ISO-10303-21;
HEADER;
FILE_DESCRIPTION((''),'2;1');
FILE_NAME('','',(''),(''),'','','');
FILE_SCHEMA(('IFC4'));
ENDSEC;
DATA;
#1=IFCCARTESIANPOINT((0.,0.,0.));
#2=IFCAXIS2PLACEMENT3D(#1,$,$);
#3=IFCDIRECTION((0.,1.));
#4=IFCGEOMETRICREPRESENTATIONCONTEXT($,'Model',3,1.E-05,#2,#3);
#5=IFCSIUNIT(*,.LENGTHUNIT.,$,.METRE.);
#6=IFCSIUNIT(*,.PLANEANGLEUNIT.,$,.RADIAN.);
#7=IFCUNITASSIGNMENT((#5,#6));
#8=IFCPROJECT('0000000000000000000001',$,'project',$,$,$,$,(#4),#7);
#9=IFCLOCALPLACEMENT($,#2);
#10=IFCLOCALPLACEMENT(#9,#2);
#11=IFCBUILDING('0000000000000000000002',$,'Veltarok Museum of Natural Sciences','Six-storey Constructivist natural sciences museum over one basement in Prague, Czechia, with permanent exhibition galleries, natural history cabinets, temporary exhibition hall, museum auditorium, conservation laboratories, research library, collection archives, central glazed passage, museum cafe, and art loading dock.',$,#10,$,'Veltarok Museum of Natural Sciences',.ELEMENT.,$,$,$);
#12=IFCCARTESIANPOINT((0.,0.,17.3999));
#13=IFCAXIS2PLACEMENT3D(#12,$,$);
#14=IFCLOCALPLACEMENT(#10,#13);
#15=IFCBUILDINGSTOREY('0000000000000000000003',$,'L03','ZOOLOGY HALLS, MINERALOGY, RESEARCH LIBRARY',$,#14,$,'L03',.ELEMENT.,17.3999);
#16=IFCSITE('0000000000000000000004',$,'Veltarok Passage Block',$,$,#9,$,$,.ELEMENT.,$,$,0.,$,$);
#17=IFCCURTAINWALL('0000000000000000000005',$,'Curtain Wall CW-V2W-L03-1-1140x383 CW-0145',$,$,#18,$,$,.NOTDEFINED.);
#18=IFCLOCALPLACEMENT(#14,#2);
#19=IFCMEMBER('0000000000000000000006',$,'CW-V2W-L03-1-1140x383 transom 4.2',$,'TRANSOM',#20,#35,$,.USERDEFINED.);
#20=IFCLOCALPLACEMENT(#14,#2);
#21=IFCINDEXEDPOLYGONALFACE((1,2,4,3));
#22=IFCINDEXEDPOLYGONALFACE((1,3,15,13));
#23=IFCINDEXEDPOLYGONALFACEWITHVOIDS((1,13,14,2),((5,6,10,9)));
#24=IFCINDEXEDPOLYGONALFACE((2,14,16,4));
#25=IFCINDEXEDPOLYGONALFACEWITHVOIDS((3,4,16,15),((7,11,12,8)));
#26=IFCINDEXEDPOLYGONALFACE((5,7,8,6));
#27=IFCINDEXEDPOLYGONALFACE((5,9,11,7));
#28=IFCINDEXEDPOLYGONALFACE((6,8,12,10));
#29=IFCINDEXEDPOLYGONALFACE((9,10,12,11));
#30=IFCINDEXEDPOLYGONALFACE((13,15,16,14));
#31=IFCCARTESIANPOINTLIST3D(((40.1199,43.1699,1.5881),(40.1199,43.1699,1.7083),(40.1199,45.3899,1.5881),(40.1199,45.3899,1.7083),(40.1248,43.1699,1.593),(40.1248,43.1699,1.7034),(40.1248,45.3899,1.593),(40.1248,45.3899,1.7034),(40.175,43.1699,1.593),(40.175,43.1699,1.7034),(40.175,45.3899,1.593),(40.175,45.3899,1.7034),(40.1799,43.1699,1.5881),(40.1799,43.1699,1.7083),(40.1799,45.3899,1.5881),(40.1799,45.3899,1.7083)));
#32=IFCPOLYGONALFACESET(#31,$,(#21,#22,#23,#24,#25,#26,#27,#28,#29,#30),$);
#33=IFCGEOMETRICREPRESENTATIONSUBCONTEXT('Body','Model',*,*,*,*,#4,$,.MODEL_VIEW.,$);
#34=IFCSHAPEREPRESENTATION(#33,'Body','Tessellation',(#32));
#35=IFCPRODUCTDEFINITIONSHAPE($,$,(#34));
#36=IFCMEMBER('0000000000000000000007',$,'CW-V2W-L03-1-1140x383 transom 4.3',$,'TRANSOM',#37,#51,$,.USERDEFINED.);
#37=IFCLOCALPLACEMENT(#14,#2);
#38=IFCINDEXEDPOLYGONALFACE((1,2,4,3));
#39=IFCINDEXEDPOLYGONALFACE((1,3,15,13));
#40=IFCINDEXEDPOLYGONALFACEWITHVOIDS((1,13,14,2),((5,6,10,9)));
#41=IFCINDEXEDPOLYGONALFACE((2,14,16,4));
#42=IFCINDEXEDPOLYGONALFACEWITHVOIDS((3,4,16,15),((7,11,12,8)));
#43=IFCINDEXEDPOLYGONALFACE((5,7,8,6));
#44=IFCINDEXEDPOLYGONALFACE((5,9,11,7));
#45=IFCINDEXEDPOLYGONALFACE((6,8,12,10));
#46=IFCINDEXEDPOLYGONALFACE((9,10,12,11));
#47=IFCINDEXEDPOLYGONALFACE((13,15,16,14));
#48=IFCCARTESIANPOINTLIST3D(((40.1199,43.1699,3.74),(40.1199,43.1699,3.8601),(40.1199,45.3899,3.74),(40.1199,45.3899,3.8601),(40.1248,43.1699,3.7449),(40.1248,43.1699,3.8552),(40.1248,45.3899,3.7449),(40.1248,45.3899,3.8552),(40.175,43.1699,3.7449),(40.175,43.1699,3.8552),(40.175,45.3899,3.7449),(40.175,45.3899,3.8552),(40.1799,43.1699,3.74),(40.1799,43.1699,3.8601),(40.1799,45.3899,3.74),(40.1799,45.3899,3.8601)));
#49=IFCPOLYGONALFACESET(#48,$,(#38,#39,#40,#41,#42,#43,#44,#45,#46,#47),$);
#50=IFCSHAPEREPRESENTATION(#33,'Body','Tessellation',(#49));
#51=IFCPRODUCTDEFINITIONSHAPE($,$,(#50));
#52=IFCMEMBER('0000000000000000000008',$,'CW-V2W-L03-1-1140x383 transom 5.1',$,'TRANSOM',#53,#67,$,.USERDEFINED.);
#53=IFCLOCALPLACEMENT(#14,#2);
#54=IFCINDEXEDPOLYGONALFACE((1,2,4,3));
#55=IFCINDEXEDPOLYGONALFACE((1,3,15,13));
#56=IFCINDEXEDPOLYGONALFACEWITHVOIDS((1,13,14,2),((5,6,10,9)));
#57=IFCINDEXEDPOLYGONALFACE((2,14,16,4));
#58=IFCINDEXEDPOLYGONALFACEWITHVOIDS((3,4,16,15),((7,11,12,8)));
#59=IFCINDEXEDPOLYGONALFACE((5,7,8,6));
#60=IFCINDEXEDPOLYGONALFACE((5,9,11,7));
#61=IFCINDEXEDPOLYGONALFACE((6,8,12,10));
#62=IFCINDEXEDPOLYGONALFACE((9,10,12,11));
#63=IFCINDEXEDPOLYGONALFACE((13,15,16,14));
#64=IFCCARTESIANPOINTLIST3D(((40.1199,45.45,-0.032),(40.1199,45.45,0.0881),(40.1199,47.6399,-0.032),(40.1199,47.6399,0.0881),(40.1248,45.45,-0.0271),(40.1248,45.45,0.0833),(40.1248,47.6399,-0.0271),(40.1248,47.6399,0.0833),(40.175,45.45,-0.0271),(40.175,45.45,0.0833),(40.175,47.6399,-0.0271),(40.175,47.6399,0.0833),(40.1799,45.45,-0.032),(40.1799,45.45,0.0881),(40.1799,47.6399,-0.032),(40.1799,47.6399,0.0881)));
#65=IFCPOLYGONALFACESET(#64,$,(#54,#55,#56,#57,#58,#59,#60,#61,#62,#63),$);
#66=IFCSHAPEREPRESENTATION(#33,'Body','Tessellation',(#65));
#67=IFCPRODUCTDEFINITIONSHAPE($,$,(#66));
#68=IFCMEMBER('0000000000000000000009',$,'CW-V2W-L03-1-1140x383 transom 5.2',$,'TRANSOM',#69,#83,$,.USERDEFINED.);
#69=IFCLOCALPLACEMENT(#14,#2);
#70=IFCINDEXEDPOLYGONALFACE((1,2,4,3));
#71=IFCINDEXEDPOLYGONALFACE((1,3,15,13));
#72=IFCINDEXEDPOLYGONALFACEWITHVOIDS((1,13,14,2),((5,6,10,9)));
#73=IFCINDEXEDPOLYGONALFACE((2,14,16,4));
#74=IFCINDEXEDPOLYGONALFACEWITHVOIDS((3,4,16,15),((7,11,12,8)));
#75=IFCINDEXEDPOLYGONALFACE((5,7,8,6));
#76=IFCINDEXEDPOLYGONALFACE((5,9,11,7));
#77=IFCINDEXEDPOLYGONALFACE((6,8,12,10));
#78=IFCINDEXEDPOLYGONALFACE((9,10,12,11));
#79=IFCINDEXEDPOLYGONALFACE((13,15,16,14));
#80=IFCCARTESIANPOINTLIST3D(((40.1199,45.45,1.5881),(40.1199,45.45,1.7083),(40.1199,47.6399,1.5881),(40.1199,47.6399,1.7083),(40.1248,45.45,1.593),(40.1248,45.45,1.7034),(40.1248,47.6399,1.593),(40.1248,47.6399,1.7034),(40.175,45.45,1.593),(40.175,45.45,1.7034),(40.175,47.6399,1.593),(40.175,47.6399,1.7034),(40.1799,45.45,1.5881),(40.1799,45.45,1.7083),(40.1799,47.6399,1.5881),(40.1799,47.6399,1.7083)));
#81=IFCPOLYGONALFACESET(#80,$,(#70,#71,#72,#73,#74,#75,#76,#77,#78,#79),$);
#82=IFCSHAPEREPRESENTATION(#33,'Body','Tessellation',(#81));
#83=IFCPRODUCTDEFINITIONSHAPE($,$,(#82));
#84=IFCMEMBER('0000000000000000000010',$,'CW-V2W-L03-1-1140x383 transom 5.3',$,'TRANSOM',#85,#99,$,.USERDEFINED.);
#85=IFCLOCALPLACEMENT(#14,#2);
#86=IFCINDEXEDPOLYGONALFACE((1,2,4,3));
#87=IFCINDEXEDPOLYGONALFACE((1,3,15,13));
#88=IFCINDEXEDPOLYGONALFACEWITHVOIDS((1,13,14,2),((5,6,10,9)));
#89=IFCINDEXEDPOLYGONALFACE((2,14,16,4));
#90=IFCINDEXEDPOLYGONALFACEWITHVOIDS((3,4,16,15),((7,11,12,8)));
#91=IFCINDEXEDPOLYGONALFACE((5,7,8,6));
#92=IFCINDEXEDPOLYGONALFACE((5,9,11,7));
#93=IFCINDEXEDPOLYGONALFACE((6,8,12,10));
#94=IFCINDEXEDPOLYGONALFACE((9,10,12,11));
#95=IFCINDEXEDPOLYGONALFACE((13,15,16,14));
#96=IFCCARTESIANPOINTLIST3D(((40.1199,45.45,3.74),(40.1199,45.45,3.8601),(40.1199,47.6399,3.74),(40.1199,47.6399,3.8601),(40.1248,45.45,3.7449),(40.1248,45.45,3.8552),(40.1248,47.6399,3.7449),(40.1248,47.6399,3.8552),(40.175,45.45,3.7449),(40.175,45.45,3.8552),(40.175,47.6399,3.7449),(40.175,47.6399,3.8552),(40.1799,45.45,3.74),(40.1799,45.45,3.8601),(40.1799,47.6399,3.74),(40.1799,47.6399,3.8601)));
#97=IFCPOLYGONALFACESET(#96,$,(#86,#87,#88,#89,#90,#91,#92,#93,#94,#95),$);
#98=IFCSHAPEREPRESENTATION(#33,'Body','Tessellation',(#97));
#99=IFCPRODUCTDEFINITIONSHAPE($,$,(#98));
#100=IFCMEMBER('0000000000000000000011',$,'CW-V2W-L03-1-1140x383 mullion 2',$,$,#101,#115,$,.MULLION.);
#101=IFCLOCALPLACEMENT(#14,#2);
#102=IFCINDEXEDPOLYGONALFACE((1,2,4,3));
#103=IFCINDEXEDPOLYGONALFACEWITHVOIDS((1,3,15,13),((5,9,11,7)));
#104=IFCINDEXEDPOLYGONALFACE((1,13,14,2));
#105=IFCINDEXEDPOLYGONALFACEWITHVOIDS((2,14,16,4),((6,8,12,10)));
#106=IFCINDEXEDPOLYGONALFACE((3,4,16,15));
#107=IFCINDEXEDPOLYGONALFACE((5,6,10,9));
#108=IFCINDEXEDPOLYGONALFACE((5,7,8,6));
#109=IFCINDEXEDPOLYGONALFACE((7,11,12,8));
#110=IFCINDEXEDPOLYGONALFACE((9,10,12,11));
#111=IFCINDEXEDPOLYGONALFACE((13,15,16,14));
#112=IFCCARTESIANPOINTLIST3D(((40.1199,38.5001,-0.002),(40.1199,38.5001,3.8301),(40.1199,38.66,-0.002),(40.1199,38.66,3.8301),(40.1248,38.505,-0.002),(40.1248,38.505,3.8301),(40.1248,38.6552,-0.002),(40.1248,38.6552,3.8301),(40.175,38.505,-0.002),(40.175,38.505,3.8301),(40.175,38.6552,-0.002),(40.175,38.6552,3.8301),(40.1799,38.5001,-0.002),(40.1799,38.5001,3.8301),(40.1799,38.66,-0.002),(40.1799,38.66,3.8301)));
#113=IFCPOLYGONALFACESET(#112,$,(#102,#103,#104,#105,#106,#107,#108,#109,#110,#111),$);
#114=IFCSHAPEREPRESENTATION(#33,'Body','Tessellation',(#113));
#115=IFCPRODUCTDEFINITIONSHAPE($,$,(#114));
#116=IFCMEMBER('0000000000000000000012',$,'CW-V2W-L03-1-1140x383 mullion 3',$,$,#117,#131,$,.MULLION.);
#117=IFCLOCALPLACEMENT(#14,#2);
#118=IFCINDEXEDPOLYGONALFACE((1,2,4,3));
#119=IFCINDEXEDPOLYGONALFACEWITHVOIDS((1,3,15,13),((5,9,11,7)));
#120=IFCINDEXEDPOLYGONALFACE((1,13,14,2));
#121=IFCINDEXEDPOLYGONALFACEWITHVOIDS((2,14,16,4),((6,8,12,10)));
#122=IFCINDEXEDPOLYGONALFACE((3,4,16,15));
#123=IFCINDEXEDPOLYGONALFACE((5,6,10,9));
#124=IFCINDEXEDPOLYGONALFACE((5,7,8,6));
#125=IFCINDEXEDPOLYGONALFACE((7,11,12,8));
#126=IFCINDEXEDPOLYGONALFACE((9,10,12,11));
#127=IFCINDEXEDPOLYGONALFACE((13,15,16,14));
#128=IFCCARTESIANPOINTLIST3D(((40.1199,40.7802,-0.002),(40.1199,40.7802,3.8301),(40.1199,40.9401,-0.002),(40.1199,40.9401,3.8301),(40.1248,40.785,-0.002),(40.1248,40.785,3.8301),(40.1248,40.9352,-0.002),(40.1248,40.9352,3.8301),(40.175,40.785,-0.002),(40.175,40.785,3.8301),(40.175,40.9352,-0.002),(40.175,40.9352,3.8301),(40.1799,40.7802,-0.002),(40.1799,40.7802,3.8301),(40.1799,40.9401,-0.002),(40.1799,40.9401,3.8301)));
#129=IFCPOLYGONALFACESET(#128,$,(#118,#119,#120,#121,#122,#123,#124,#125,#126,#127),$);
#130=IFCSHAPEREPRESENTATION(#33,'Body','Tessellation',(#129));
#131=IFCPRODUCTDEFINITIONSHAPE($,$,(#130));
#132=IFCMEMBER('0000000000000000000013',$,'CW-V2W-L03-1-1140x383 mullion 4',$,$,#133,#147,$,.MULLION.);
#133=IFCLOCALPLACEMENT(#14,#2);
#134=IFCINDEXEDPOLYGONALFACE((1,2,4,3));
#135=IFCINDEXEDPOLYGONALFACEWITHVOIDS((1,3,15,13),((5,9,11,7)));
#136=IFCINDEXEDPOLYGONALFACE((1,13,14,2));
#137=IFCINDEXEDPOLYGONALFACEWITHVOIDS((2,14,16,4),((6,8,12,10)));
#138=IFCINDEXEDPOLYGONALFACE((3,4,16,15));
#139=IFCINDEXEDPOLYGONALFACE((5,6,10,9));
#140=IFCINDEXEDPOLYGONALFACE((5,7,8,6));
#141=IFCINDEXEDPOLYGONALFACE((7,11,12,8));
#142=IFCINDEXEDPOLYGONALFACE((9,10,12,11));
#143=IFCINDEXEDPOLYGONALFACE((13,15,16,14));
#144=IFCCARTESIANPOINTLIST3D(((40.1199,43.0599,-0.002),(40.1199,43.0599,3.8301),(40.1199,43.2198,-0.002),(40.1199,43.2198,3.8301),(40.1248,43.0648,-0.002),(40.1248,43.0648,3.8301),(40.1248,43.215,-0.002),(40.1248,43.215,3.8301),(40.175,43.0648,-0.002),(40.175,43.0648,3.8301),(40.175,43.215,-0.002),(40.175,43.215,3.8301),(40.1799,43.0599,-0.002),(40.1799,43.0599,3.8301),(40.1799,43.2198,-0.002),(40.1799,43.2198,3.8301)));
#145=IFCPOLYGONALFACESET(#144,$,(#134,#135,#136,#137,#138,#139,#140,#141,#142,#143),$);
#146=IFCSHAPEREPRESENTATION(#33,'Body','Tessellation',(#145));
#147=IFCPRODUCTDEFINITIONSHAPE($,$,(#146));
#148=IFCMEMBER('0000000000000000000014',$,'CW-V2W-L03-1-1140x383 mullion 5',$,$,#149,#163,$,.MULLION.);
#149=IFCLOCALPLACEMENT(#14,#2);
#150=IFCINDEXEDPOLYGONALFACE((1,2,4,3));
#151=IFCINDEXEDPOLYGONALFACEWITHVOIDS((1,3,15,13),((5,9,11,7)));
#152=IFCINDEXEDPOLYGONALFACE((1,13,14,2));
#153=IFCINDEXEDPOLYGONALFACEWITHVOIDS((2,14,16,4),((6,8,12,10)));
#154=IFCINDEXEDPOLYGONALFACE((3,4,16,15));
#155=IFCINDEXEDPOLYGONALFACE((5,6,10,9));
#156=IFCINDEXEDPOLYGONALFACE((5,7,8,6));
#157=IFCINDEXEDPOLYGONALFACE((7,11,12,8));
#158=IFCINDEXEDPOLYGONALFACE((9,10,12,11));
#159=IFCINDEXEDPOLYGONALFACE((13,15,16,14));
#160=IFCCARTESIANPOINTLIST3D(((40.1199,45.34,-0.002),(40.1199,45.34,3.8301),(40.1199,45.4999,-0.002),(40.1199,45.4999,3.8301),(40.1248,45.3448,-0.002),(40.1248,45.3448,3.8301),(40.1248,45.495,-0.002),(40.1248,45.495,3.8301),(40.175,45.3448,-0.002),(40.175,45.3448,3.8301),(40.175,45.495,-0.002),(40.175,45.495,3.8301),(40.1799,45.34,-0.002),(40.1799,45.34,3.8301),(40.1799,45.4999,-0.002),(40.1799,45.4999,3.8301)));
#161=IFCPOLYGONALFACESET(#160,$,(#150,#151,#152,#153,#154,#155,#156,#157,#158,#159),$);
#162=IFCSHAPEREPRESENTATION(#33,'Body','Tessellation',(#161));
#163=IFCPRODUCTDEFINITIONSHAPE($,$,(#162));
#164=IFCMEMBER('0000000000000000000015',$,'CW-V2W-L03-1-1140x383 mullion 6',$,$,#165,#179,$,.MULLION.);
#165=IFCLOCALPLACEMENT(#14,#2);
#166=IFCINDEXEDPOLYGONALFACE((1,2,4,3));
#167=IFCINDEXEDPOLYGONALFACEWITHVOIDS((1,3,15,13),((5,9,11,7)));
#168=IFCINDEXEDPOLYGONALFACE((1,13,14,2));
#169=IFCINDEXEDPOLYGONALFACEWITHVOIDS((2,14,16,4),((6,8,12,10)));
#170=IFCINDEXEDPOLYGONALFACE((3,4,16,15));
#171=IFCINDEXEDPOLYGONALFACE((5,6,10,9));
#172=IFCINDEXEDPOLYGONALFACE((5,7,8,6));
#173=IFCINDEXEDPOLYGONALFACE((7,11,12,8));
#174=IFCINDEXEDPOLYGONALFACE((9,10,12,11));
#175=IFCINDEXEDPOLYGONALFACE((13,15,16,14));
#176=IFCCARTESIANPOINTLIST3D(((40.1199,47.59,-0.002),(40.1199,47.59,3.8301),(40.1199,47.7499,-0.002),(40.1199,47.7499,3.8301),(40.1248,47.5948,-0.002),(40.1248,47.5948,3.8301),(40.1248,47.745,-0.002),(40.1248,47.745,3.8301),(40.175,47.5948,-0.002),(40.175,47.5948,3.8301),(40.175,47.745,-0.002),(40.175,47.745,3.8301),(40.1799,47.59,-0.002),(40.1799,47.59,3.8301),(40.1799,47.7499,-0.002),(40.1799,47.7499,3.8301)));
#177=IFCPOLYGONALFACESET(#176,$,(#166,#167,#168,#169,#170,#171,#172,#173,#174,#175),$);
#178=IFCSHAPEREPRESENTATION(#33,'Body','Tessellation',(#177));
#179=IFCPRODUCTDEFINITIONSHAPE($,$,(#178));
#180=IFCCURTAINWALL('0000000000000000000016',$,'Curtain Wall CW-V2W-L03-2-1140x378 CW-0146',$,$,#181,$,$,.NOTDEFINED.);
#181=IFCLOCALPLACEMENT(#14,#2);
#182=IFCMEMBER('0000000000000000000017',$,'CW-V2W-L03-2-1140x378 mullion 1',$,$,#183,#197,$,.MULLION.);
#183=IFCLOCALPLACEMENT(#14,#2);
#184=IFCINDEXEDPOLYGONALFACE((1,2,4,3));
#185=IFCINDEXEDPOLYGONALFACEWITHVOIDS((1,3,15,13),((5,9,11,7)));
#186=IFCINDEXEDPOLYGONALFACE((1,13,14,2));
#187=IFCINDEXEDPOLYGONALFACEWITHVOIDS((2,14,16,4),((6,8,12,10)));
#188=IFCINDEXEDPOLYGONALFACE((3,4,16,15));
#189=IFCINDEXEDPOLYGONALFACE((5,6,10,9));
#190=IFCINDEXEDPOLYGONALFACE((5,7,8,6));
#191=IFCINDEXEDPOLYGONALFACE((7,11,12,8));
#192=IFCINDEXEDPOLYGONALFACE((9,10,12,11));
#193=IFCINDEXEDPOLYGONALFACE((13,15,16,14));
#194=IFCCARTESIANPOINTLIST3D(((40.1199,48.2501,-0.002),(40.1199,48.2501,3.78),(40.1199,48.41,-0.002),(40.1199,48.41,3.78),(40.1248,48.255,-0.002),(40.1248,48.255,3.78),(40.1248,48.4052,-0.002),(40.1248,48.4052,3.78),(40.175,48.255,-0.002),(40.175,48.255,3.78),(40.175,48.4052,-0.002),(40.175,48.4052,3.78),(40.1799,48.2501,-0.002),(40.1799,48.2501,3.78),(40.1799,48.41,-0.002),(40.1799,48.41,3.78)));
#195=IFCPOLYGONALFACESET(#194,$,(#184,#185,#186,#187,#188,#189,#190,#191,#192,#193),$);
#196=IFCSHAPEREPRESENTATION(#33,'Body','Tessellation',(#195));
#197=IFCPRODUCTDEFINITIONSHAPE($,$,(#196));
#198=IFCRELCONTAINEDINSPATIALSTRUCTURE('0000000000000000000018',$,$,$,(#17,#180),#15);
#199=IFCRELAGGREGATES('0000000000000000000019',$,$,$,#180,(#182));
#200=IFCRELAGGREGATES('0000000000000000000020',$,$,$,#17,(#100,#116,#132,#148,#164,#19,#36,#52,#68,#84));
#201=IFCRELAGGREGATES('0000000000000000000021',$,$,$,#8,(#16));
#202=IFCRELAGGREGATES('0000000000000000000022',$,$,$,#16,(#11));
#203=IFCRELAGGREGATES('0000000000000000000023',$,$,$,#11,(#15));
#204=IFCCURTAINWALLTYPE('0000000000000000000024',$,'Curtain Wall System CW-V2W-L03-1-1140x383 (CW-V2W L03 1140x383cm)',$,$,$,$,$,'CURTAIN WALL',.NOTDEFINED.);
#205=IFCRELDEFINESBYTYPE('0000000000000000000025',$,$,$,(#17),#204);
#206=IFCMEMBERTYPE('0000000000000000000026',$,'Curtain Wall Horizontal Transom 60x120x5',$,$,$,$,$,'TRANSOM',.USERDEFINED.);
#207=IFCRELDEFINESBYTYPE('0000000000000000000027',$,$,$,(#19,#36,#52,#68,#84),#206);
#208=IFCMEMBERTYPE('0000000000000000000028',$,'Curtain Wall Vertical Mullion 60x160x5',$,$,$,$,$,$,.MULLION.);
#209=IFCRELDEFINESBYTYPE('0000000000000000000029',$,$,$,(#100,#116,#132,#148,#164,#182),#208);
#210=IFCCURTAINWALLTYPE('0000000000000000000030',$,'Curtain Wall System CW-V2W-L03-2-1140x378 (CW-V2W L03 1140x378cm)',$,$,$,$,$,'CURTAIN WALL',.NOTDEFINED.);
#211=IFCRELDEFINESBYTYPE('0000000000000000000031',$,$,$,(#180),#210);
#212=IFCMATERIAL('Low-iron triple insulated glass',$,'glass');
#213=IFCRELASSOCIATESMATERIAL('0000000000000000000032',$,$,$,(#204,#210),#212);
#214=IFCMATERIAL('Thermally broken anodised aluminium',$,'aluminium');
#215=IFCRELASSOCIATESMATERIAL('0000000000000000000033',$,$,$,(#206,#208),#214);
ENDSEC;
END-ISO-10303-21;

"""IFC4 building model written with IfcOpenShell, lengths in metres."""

from ifc_helpers import new_model, si_unit, direction, frame, origin, origin_2d, place, context, subcontext, project, spatial, hollow_rectangle, extrude, material, material_profile, profile_set, type_object, element, aggregate, save


model = new_model("IFC4")

# Units and contexts
model_context = context("Model", 3, precision=1e-05, world=origin(), true_north=direction((0.0, 1.0)))
body_context = subcontext(model_context, "Body", "Model", "MODEL_VIEW")
ifc_project = project(units=[si_unit("LENGTHUNIT", "METRE"), si_unit("PLANEANGLEUNIT", "RADIAN")], contexts=[model_context])

# Site, building, storey
site_placement = place(None, origin())
site = spatial("IfcSite", under=ifc_project, at=site_placement, Name="Veltarok Passage Block", CompositionType="ELEMENT", RefElevation=0.0)
building_placement = place(site_placement, origin())
building = spatial("IfcBuilding", under=site, at=building_placement, Name="Veltarok Museum of Natural Sciences", Description="Six-storey Constructivist natural sciences museum over one basement in Prague, Czechia, with permanent exhibition galleries, natural history cabinets, temporary exhibition hall, museum auditorium, conservation laboratories, research library, collection archives, central glazed passage, museum cafe, and art loading dock.", LongName="Veltarok Museum of Natural Sciences", CompositionType="ELEMENT")
storey_placement = place(building_placement, frame((0.0, 0.0, 17.3999)))
storey = spatial("IfcBuildingStorey", under=building, at=storey_placement, Name="L03", Description="ZOOLOGY HALLS, MINERALOGY, RESEARCH LIBRARY", LongName="L03", CompositionType="ELEMENT", Elevation=17.3999)

# Curtain wall, members
ifc_material_1 = material(Name="Low-iron triple insulated glass", Category="glass")
curtain_wall_type_1 = type_object("IfcCurtainWallType", Name="Curtain Wall System CW-V2W-L03-1-1140x383 (CW-V2W L03 1140x383cm)", ElementType="CURTAIN WALL", PredefinedType="NOTDEFINED", material=ifc_material_1)
curtain_wall_1_placement = place(storey_placement, origin())
curtain_wall_1 = element("IfcCurtainWall", 1, at=curtain_wall_1_placement, inside=storey, type_object=curtain_wall_type_1, Name="Curtain Wall CW-V2W-L03-1-1140x383 CW-0145", PredefinedType="NOTDEFINED")
ifc_material_2 = material(Name="Thermally broken anodised aluminium", Category="aluminium")
ifc_material_profile_1 = material_profile(ifc_material_2, hollow_rectangle(XDim=0.0601, YDim=0.1201, WallThickness=0.0049, at=origin_2d()), Name="CW TRANSOM 60x120x5")
ifc_profile_set_1 = profile_set([ifc_material_profile_1], Name="Thermally broken anodised aluminium")
member_type_1 = type_object("IfcMemberType", Name="Curtain Wall Horizontal Transom 60x120x5", ElementType="TRANSOM", PredefinedType="USERDEFINED", material=ifc_profile_set_1)
member_1_placement = place(storey_placement, frame((40.1499, 43.1699, 1.6482), z_axis=(0.0, 1.0, 0.0), x_axis=(-1.0, 0.0, 0.0)))
member_1 = element("IfcMember", 2, at=member_1_placement, type_object=member_type_1, Name="CW-V2W-L03-1-1140x383 transom 4.2", ObjectType="TRANSOM", PredefinedType="USERDEFINED", context=body_context, shape_type="SweptSolid", body=[
    extrude(hollow_rectangle(XDim=0.0601, YDim=0.1201, WallThickness=0.0049, at=origin_2d()), origin(), (0.0, 0.0, 1.0), 2.22),
])
member_2_placement = place(storey_placement, frame((40.1499, 43.1699, 3.8), z_axis=(0.0, 1.0, 0.0), x_axis=(-1.0, 0.0, 0.0)))
member_2 = element("IfcMember", 3, at=member_2_placement, type_object=member_type_1, Name="CW-V2W-L03-1-1140x383 transom 4.3", ObjectType="TRANSOM", PredefinedType="USERDEFINED", context=body_context, shape_type="SweptSolid", body=[
    extrude(hollow_rectangle(XDim=0.0601, YDim=0.1201, WallThickness=0.0049, at=origin_2d()), origin(), (0.0, 0.0, 1.0), 2.22),
])
member_3_placement = place(storey_placement, frame((40.1499, 45.45, 0.0281), z_axis=(0.0, 1.0, 0.0), x_axis=(-1.0, 0.0, 0.0)))
member_3 = element("IfcMember", 4, at=member_3_placement, type_object=member_type_1, Name="CW-V2W-L03-1-1140x383 transom 5.1", ObjectType="TRANSOM", PredefinedType="USERDEFINED", context=body_context, shape_type="SweptSolid", body=[
    extrude(hollow_rectangle(XDim=0.0601, YDim=0.1201, WallThickness=0.0049, at=origin_2d()), origin(), (0.0, 0.0, 1.0), 2.1899),
])
member_4_placement = place(storey_placement, frame((40.1499, 45.45, 1.6482), z_axis=(0.0, 1.0, 0.0), x_axis=(-1.0, 0.0, 0.0)))
member_4 = element("IfcMember", 5, at=member_4_placement, type_object=member_type_1, Name="CW-V2W-L03-1-1140x383 transom 5.2", ObjectType="TRANSOM", PredefinedType="USERDEFINED", context=body_context, shape_type="SweptSolid", body=[
    extrude(hollow_rectangle(XDim=0.0601, YDim=0.1201, WallThickness=0.0049, at=origin_2d()), origin(), (0.0, 0.0, 1.0), 2.1899),
])
member_5_placement = place(storey_placement, frame((40.1499, 45.45, 3.8), z_axis=(0.0, 1.0, 0.0), x_axis=(-1.0, 0.0, 0.0)))
member_5 = element("IfcMember", 6, at=member_5_placement, type_object=member_type_1, Name="CW-V2W-L03-1-1140x383 transom 5.3", ObjectType="TRANSOM", PredefinedType="USERDEFINED", context=body_context, shape_type="SweptSolid", body=[
    extrude(hollow_rectangle(XDim=0.0601, YDim=0.1201, WallThickness=0.0049, at=origin_2d()), origin(), (0.0, 0.0, 1.0), 2.1899),
])
ifc_material_profile_2 = material_profile(ifc_material_2, hollow_rectangle(XDim=0.0601, YDim=0.1599, WallThickness=0.0049, at=origin_2d()), Name="CW MULLION 60x160x5")
ifc_profile_set_2 = profile_set([ifc_material_profile_2], Name="Thermally broken anodised aluminium")
member_type_2 = type_object("IfcMemberType", Name="Curtain Wall Vertical Mullion 60x160x5", PredefinedType="MULLION", material=ifc_profile_set_2)
member_6_placement = place(storey_placement, frame((40.1499, 38.5801, -0.002), z_axis=(0.0, 0.0, 1.0), x_axis=(-1.0, 0.0, 0.0)))
member_6 = element("IfcMember", 7, at=member_6_placement, type_object=member_type_2, Name="CW-V2W-L03-1-1140x383 mullion 2", PredefinedType="MULLION", context=body_context, shape_type="SweptSolid", body=[
    extrude(hollow_rectangle(XDim=0.0601, YDim=0.1599, WallThickness=0.0049, at=origin_2d()), origin(), (0.0, 0.0, 1.0), 3.832),
])
member_7_placement = place(storey_placement, frame((40.1499, 40.8601, -0.002), z_axis=(0.0, 0.0, 1.0), x_axis=(-1.0, 0.0, 0.0)))
member_7 = element("IfcMember", 8, at=member_7_placement, type_object=member_type_2, Name="CW-V2W-L03-1-1140x383 mullion 3", PredefinedType="MULLION", context=body_context, shape_type="SweptSolid", body=[
    extrude(hollow_rectangle(XDim=0.0601, YDim=0.1599, WallThickness=0.0049, at=origin_2d()), origin(), (0.0, 0.0, 1.0), 3.832),
])
member_8_placement = place(storey_placement, frame((40.1499, 43.1399, -0.002), z_axis=(0.0, 0.0, 1.0), x_axis=(-1.0, 0.0, 0.0)))
member_8 = element("IfcMember", 9, at=member_8_placement, type_object=member_type_2, Name="CW-V2W-L03-1-1140x383 mullion 4", PredefinedType="MULLION", context=body_context, shape_type="SweptSolid", body=[
    extrude(hollow_rectangle(XDim=0.0601, YDim=0.1599, WallThickness=0.0049, at=origin_2d()), origin(), (0.0, 0.0, 1.0), 3.832),
])
member_9_placement = place(storey_placement, frame((40.1499, 45.4199, -0.002), z_axis=(0.0, 0.0, 1.0), x_axis=(-1.0, 0.0, 0.0)))
member_9 = element("IfcMember", 10, at=member_9_placement, type_object=member_type_2, Name="CW-V2W-L03-1-1140x383 mullion 5", PredefinedType="MULLION", context=body_context, shape_type="SweptSolid", body=[
    extrude(hollow_rectangle(XDim=0.0601, YDim=0.1599, WallThickness=0.0049, at=origin_2d()), origin(), (0.0, 0.0, 1.0), 3.832),
])
member_10_placement = place(storey_placement, frame((40.1499, 47.6699, -0.002), z_axis=(0.0, 0.0, 1.0), x_axis=(-1.0, 0.0, 0.0)))
member_10 = element("IfcMember", 11, at=member_10_placement, type_object=member_type_2, Name="CW-V2W-L03-1-1140x383 mullion 6", PredefinedType="MULLION", context=body_context, shape_type="SweptSolid", body=[
    extrude(hollow_rectangle(XDim=0.0601, YDim=0.1599, WallThickness=0.0049, at=origin_2d()), origin(), (0.0, 0.0, 1.0), 3.832),
])

# Curtain wall, member
curtain_wall_type_2 = type_object("IfcCurtainWallType", Name="Curtain Wall System CW-V2W-L03-2-1140x378 (CW-V2W L03 1140x378cm)", ElementType="CURTAIN WALL", PredefinedType="NOTDEFINED", material=ifc_material_1)
curtain_wall_2_placement = place(storey_placement, origin())
curtain_wall_2 = element("IfcCurtainWall", 12, at=curtain_wall_2_placement, inside=storey, type_object=curtain_wall_type_2, Name="Curtain Wall CW-V2W-L03-2-1140x378 CW-0146", PredefinedType="NOTDEFINED")
member_11_placement = place(storey_placement, frame((40.1499, 48.3301, -0.002), z_axis=(0.0, 0.0, 1.0), x_axis=(-1.0, 0.0, 0.0)))
member_11 = element("IfcMember", 13, at=member_11_placement, type_object=member_type_2, Name="CW-V2W-L03-2-1140x378 mullion 1", PredefinedType="MULLION", context=body_context, shape_type="SweptSolid", body=[
    extrude(hollow_rectangle(XDim=0.0601, YDim=0.1599, WallThickness=0.0049, at=origin_2d()), origin(), (0.0, 0.0, 1.0), 3.782),
])
aggregate(curtain_wall_2, [member_11])

aggregate(curtain_wall_1, [member_6, member_7, member_8, member_9, member_10, member_1, member_2, member_3, member_4, member_5])

save(model, "model.ifc")
